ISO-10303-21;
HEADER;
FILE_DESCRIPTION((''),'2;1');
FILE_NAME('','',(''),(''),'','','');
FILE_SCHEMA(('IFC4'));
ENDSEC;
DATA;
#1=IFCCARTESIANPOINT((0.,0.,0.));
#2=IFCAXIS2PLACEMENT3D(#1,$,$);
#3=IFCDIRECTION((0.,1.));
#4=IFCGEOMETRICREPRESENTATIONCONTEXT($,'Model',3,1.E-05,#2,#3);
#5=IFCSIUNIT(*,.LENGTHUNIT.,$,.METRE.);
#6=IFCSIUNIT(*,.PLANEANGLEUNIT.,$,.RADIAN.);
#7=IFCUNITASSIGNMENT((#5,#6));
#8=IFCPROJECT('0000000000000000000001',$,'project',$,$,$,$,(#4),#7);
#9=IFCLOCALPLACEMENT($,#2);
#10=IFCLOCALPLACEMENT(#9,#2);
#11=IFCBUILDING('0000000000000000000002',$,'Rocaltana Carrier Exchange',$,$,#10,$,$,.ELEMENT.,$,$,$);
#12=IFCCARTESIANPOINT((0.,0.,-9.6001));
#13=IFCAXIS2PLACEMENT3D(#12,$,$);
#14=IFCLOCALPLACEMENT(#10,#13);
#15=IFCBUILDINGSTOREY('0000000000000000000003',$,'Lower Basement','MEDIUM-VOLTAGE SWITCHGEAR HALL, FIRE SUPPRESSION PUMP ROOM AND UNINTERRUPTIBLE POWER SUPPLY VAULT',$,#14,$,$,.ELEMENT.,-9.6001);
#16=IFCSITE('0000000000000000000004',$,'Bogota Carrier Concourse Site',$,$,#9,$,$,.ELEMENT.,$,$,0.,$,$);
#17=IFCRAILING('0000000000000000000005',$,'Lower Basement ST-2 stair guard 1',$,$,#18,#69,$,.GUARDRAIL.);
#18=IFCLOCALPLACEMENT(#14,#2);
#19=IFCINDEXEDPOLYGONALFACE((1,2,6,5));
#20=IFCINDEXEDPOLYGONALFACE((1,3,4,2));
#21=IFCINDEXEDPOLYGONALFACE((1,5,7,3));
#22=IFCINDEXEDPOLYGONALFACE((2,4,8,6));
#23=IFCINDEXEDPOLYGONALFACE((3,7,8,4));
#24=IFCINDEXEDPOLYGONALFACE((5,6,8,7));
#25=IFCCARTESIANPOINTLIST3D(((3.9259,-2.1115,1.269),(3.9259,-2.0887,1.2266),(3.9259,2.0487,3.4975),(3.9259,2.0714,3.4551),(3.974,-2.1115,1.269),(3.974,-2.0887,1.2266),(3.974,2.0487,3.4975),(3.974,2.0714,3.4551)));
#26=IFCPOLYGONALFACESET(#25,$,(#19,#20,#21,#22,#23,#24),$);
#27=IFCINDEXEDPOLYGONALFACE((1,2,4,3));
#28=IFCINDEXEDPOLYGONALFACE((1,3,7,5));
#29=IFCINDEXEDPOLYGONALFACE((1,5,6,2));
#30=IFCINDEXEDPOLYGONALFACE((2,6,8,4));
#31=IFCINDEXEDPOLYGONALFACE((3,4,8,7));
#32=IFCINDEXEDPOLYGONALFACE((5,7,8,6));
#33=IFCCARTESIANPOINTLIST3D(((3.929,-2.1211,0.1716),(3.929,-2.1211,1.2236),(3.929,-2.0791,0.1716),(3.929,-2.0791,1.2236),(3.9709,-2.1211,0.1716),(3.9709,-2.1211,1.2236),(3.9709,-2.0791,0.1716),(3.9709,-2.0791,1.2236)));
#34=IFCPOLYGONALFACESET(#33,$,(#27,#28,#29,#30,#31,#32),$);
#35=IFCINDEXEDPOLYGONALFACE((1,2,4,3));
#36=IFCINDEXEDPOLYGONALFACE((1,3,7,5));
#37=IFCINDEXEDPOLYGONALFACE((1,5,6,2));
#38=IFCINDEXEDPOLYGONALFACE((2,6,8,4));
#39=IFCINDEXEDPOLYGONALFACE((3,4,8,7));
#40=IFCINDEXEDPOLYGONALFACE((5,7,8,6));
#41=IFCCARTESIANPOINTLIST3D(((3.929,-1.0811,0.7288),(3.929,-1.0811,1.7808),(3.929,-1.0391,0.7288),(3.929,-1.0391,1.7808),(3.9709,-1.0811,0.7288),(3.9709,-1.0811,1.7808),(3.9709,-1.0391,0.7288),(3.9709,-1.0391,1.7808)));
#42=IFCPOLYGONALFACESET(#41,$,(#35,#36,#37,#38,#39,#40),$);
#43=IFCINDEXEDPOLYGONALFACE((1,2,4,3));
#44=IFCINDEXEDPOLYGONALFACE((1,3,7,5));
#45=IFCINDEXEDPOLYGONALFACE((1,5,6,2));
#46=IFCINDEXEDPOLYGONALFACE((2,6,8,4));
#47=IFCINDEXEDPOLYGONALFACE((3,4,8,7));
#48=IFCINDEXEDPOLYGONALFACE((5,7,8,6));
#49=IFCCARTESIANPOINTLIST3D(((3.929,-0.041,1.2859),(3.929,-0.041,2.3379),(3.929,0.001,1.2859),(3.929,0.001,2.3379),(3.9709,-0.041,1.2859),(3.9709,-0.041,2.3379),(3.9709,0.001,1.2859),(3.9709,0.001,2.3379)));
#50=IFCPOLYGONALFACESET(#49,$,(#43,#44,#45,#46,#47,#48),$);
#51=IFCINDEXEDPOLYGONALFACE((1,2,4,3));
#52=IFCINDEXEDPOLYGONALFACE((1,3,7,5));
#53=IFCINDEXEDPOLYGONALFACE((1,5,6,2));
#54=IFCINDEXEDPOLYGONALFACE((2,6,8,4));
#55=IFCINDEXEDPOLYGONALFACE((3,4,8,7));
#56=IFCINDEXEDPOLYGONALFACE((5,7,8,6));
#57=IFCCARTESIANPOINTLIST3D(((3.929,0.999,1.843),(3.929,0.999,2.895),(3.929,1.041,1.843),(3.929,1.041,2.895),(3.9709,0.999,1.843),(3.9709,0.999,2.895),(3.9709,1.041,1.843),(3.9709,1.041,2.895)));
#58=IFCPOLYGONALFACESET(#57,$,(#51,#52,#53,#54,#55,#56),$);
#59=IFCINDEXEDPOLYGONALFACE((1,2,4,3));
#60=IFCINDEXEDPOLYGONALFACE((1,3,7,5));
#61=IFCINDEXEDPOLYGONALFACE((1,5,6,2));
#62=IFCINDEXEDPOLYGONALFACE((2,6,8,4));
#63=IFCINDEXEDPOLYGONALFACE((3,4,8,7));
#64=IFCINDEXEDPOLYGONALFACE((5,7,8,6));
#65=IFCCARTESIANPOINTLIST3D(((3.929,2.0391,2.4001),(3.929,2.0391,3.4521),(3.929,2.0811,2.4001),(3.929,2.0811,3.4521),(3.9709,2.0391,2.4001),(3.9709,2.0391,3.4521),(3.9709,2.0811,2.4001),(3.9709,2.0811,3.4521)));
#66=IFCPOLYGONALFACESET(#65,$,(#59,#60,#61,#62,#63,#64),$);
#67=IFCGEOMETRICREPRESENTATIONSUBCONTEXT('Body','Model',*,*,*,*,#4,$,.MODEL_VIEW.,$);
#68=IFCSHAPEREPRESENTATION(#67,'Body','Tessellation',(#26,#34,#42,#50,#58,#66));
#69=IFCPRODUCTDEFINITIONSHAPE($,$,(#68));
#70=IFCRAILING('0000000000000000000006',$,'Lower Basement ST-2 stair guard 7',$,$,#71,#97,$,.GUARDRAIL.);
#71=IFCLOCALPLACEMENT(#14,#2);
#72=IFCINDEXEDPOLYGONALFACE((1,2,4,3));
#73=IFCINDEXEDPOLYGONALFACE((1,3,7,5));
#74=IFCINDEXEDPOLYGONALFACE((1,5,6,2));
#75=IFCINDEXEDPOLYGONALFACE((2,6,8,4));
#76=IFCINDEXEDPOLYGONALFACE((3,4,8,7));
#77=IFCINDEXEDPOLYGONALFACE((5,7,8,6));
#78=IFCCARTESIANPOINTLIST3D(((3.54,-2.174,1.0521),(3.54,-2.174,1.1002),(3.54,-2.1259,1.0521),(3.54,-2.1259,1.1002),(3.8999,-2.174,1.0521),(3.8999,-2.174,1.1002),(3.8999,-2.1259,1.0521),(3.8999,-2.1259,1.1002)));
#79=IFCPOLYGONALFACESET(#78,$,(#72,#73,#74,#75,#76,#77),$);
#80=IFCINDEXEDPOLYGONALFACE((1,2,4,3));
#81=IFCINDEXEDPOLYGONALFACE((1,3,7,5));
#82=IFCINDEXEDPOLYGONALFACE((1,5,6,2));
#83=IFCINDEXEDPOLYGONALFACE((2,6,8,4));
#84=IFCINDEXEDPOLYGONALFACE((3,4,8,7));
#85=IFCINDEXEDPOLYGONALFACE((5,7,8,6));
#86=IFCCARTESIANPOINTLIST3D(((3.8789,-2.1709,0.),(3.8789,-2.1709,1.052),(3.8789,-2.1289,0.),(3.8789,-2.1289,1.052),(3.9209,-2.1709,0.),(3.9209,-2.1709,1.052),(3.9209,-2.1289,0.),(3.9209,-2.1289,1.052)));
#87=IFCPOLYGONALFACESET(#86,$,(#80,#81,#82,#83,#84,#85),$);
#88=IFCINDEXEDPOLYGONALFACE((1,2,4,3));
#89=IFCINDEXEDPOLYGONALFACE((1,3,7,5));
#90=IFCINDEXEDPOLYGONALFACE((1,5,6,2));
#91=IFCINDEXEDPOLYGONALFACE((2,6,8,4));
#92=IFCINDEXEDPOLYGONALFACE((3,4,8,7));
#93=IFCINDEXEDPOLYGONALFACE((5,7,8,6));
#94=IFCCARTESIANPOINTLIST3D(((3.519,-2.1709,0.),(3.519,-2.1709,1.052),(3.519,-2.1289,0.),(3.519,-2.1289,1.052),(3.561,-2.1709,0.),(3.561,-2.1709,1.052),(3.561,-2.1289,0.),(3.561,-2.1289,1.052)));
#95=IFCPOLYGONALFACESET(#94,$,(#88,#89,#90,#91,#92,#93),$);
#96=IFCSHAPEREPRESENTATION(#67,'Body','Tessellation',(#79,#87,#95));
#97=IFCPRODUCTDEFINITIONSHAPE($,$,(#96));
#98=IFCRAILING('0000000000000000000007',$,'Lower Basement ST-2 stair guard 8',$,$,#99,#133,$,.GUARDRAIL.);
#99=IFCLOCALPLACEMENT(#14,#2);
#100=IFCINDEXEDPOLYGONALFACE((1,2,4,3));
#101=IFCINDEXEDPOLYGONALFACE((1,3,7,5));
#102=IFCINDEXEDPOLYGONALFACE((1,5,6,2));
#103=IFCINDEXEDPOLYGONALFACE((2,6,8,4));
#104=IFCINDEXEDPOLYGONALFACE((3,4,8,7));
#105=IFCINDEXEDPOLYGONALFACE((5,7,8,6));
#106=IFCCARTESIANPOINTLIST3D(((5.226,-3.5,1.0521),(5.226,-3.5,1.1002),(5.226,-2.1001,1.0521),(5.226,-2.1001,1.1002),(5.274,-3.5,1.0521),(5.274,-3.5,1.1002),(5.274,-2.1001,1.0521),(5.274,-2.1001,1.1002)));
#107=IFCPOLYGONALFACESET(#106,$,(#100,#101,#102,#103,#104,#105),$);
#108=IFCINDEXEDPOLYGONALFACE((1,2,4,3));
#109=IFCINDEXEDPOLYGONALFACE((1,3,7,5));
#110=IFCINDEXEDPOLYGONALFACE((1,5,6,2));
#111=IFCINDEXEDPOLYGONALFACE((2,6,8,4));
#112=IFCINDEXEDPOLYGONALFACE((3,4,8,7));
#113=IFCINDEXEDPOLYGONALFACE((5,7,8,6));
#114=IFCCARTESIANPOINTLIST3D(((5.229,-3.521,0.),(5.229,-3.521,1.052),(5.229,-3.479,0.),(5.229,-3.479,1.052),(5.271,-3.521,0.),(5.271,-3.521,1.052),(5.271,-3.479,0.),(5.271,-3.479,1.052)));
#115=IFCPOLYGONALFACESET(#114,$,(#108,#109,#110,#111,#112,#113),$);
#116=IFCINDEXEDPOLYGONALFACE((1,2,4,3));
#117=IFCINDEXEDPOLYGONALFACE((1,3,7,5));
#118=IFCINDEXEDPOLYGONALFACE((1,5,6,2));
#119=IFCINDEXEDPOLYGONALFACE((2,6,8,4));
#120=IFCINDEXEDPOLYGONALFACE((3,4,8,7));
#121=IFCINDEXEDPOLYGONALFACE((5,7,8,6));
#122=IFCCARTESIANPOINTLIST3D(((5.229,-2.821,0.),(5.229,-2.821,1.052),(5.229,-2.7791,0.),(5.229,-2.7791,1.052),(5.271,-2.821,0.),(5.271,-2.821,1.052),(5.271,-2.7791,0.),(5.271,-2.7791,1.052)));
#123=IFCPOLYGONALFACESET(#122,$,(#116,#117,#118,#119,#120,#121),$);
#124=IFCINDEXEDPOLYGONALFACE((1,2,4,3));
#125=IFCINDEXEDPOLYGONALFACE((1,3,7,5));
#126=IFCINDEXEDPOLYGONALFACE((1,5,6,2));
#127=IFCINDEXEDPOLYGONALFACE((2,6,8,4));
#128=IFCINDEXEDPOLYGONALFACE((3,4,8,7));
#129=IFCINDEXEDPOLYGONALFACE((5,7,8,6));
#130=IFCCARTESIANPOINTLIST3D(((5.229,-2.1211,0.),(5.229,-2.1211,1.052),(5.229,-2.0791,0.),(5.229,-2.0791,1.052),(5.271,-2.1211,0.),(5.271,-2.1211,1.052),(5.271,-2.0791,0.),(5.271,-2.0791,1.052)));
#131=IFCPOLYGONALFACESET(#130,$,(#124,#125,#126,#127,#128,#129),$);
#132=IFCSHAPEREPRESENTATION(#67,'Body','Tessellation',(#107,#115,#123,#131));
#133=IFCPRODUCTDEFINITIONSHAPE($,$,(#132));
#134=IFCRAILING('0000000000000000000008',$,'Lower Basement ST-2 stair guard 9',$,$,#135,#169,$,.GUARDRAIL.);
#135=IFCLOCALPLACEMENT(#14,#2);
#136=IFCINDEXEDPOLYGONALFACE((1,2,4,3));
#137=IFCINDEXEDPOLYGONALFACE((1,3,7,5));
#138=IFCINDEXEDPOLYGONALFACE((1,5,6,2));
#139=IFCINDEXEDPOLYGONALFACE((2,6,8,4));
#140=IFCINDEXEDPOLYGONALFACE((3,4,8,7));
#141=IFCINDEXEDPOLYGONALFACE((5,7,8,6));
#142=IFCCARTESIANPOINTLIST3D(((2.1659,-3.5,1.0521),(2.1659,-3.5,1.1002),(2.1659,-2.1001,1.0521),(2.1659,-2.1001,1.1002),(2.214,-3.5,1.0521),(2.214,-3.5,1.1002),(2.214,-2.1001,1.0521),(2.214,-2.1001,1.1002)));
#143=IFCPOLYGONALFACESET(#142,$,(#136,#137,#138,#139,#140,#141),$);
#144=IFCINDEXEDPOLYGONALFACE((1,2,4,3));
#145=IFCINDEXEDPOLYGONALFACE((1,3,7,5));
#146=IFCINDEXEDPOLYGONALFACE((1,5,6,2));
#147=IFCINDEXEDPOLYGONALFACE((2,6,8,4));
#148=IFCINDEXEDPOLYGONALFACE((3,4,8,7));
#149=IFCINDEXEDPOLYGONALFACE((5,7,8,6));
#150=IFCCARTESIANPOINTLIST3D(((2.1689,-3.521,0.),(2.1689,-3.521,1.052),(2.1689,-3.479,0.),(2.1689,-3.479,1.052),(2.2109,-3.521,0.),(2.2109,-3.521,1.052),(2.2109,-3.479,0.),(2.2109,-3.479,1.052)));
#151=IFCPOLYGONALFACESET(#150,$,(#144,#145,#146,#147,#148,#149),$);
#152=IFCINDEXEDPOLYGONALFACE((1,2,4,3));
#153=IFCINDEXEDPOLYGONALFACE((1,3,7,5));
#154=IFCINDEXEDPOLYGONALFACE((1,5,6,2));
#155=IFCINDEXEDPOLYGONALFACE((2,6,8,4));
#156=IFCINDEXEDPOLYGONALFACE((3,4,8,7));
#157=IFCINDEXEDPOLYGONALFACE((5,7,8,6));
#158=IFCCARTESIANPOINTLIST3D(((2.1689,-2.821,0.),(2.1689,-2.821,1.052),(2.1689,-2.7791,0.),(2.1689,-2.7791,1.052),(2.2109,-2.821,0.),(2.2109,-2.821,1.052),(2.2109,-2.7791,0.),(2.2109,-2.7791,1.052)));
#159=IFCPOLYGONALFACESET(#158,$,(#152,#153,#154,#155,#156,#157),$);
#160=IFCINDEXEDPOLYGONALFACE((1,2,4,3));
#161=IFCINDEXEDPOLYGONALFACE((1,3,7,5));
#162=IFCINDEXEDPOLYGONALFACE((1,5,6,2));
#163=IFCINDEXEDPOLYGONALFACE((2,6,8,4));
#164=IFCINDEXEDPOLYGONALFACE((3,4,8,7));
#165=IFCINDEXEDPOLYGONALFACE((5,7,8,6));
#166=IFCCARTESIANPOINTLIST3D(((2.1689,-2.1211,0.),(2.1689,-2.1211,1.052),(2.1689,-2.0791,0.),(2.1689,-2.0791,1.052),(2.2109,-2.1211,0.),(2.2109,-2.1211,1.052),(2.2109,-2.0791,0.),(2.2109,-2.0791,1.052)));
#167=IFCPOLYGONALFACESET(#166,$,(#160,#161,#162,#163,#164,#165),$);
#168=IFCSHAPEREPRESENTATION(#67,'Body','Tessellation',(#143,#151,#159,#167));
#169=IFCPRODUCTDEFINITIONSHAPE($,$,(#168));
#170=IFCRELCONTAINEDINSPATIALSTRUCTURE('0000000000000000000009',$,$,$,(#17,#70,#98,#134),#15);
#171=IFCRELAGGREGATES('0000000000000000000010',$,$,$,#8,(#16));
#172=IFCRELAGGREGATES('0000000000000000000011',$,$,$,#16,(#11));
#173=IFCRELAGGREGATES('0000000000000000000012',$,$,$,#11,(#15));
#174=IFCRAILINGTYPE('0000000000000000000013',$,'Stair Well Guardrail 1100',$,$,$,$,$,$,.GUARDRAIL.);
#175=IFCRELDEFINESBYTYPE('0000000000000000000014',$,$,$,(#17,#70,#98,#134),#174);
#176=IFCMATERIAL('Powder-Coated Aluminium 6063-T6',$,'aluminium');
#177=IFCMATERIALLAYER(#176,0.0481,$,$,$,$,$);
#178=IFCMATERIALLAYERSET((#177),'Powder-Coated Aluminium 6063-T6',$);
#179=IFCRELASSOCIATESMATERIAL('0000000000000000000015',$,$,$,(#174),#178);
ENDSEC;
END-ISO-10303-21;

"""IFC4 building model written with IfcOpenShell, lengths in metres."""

from ifc_helpers import new_model, si_unit, direction, frame, origin, origin_2d, place, context, subcontext, project, spatial, rectangle, extrude, material, layer, layer_set, type_object, element, save


model = new_model("IFC4")

# Units and contexts
model_context = context("Model", 3, precision=1e-05, world=origin(), true_north=direction((0.0, 1.0)))
body_context = subcontext(model_context, "Body", "Model", "MODEL_VIEW")
ifc_project = project(units=[si_unit("LENGTHUNIT", "METRE"), si_unit("PLANEANGLEUNIT", "RADIAN")], contexts=[model_context])

# Site, building, storey
site_placement = place(None, origin())
site = spatial("IfcSite", under=ifc_project, at=site_placement, Name="Bogota Carrier Concourse Site", CompositionType="ELEMENT", RefElevation=0.0)
building_placement = place(site_placement, origin())
building = spatial("IfcBuilding", under=site, at=building_placement, Name="Rocaltana Carrier Exchange", CompositionType="ELEMENT")
storey_placement = place(building_placement, frame((0.0, 0.0, -9.6001)))
storey = spatial("IfcBuildingStorey", under=building, at=storey_placement, Name="Lower Basement", Description="MEDIUM-VOLTAGE SWITCHGEAR HALL, FIRE SUPPRESSION PUMP ROOM AND UNINTERRUPTIBLE POWER SUPPLY VAULT", CompositionType="ELEMENT", Elevation=-9.6001)

# Railings
ifc_material_1 = material(Name="Powder-Coated Aluminium 6063-T6", Category="aluminium")
ifc_layer_1 = layer(ifc_material_1, 0.0481)
ifc_layer_set_1 = layer_set([ifc_layer_1], Name="Powder-Coated Aluminium 6063-T6")
railing_type_1 = type_object("IfcRailingType", Name="Stair Well Guardrail 1100", PredefinedType="GUARDRAIL", material=ifc_layer_set_1)
railing_1_placement = place(storey_placement, frame((3.95, -2.1001, 0.1716)))
element("IfcRailing", 1, at=railing_1_placement, inside=storey, type_object=railing_type_1, Name="Lower Basement ST-2 stair guard 1", PredefinedType="GUARDRAIL", context=body_context, shape_type="SweptSolid", body=[
    extrude(rectangle(XDim=0.0481, YDim=0.0481, at=origin_2d()), frame((0.0, 0.0, 1.0762), z_axis=(0.0, 0.881492, 0.472198), x_axis=(-1.0, 0.0, 0.0)), (0.0, 0.0, 1.0), 4.7195),
    extrude(rectangle(XDim=0.042, YDim=0.042, at=origin_2d()), origin(), (0.0, 0.0, 1.0), 1.052),
    extrude(rectangle(XDim=0.042, YDim=0.042, at=origin_2d()), frame((0.0, 1.04, 0.5571)), (0.0, 0.0, 1.0), 1.052),
    extrude(rectangle(XDim=0.042, YDim=0.042, at=origin_2d()), frame((0.0, 2.0801, 1.1143)), (0.0, 0.0, 1.0), 1.052),
    extrude(rectangle(XDim=0.042, YDim=0.042, at=origin_2d()), frame((0.0, 3.1201, 1.6714)), (0.0, 0.0, 1.0), 1.052),
    extrude(rectangle(XDim=0.042, YDim=0.042, at=origin_2d()), frame((0.0, 4.1602, 2.2285)), (0.0, 0.0, 1.0), 1.052),
])
railing_2_placement = place(storey_placement, frame((3.8999, -2.1499, 0.0)))
element("IfcRailing", 2, at=railing_2_placement, inside=storey, type_object=railing_type_1, Name="Lower Basement ST-2 stair guard 7", PredefinedType="GUARDRAIL", context=body_context, shape_type="SweptSolid", body=[
    extrude(rectangle(XDim=0.0481, YDim=0.0481, at=origin_2d()), frame((0.0, 0.0, 1.0762), z_axis=(-1.0, 0.0, 0.0), x_axis=(0.0, -1.0, 0.0)), (0.0, 0.0, 1.0), 0.3599),
    extrude(rectangle(XDim=0.042, YDim=0.042, at=origin_2d()), origin(), (0.0, 0.0, 1.0), 1.052),
    extrude(rectangle(XDim=0.042, YDim=0.042, at=origin_2d()), frame((-0.3599, 0.0, 0.0)), (0.0, 0.0, 1.0), 1.052),
])
for number, where, name in (
    (3, (5.25, -3.5, 0.0), "Lower Basement ST-2 stair guard 8"),
    (4, (2.1899, -3.5, 0.0), "Lower Basement ST-2 stair guard 9"),
):
    element("IfcRailing", number, at=place(storey_placement, frame(where)), inside=storey, type_object=railing_type_1, Name=name, PredefinedType="GUARDRAIL", context=body_context, shape_type="SweptSolid", body=[
        extrude(rectangle(XDim=0.0481, YDim=0.0481, at=origin_2d()), frame((0.0, 0.0, 1.0762), z_axis=(0.0, 1.0, 0.0), x_axis=(-1.0, 0.0, 0.0)), (0.0, 0.0, 1.0), 1.3999),
        extrude(rectangle(XDim=0.042, YDim=0.042, at=origin_2d()), origin(), (0.0, 0.0, 1.0), 1.052),
        extrude(rectangle(XDim=0.042, YDim=0.042, at=origin_2d()), frame((0.0, 0.7, 0.0)), (0.0, 0.0, 1.0), 1.052),
        extrude(rectangle(XDim=0.042, YDim=0.042, at=origin_2d()), frame((0.0, 1.3999, 0.0)), (0.0, 0.0, 1.0), 1.052),
    ])

save(model, "model.ifc")
